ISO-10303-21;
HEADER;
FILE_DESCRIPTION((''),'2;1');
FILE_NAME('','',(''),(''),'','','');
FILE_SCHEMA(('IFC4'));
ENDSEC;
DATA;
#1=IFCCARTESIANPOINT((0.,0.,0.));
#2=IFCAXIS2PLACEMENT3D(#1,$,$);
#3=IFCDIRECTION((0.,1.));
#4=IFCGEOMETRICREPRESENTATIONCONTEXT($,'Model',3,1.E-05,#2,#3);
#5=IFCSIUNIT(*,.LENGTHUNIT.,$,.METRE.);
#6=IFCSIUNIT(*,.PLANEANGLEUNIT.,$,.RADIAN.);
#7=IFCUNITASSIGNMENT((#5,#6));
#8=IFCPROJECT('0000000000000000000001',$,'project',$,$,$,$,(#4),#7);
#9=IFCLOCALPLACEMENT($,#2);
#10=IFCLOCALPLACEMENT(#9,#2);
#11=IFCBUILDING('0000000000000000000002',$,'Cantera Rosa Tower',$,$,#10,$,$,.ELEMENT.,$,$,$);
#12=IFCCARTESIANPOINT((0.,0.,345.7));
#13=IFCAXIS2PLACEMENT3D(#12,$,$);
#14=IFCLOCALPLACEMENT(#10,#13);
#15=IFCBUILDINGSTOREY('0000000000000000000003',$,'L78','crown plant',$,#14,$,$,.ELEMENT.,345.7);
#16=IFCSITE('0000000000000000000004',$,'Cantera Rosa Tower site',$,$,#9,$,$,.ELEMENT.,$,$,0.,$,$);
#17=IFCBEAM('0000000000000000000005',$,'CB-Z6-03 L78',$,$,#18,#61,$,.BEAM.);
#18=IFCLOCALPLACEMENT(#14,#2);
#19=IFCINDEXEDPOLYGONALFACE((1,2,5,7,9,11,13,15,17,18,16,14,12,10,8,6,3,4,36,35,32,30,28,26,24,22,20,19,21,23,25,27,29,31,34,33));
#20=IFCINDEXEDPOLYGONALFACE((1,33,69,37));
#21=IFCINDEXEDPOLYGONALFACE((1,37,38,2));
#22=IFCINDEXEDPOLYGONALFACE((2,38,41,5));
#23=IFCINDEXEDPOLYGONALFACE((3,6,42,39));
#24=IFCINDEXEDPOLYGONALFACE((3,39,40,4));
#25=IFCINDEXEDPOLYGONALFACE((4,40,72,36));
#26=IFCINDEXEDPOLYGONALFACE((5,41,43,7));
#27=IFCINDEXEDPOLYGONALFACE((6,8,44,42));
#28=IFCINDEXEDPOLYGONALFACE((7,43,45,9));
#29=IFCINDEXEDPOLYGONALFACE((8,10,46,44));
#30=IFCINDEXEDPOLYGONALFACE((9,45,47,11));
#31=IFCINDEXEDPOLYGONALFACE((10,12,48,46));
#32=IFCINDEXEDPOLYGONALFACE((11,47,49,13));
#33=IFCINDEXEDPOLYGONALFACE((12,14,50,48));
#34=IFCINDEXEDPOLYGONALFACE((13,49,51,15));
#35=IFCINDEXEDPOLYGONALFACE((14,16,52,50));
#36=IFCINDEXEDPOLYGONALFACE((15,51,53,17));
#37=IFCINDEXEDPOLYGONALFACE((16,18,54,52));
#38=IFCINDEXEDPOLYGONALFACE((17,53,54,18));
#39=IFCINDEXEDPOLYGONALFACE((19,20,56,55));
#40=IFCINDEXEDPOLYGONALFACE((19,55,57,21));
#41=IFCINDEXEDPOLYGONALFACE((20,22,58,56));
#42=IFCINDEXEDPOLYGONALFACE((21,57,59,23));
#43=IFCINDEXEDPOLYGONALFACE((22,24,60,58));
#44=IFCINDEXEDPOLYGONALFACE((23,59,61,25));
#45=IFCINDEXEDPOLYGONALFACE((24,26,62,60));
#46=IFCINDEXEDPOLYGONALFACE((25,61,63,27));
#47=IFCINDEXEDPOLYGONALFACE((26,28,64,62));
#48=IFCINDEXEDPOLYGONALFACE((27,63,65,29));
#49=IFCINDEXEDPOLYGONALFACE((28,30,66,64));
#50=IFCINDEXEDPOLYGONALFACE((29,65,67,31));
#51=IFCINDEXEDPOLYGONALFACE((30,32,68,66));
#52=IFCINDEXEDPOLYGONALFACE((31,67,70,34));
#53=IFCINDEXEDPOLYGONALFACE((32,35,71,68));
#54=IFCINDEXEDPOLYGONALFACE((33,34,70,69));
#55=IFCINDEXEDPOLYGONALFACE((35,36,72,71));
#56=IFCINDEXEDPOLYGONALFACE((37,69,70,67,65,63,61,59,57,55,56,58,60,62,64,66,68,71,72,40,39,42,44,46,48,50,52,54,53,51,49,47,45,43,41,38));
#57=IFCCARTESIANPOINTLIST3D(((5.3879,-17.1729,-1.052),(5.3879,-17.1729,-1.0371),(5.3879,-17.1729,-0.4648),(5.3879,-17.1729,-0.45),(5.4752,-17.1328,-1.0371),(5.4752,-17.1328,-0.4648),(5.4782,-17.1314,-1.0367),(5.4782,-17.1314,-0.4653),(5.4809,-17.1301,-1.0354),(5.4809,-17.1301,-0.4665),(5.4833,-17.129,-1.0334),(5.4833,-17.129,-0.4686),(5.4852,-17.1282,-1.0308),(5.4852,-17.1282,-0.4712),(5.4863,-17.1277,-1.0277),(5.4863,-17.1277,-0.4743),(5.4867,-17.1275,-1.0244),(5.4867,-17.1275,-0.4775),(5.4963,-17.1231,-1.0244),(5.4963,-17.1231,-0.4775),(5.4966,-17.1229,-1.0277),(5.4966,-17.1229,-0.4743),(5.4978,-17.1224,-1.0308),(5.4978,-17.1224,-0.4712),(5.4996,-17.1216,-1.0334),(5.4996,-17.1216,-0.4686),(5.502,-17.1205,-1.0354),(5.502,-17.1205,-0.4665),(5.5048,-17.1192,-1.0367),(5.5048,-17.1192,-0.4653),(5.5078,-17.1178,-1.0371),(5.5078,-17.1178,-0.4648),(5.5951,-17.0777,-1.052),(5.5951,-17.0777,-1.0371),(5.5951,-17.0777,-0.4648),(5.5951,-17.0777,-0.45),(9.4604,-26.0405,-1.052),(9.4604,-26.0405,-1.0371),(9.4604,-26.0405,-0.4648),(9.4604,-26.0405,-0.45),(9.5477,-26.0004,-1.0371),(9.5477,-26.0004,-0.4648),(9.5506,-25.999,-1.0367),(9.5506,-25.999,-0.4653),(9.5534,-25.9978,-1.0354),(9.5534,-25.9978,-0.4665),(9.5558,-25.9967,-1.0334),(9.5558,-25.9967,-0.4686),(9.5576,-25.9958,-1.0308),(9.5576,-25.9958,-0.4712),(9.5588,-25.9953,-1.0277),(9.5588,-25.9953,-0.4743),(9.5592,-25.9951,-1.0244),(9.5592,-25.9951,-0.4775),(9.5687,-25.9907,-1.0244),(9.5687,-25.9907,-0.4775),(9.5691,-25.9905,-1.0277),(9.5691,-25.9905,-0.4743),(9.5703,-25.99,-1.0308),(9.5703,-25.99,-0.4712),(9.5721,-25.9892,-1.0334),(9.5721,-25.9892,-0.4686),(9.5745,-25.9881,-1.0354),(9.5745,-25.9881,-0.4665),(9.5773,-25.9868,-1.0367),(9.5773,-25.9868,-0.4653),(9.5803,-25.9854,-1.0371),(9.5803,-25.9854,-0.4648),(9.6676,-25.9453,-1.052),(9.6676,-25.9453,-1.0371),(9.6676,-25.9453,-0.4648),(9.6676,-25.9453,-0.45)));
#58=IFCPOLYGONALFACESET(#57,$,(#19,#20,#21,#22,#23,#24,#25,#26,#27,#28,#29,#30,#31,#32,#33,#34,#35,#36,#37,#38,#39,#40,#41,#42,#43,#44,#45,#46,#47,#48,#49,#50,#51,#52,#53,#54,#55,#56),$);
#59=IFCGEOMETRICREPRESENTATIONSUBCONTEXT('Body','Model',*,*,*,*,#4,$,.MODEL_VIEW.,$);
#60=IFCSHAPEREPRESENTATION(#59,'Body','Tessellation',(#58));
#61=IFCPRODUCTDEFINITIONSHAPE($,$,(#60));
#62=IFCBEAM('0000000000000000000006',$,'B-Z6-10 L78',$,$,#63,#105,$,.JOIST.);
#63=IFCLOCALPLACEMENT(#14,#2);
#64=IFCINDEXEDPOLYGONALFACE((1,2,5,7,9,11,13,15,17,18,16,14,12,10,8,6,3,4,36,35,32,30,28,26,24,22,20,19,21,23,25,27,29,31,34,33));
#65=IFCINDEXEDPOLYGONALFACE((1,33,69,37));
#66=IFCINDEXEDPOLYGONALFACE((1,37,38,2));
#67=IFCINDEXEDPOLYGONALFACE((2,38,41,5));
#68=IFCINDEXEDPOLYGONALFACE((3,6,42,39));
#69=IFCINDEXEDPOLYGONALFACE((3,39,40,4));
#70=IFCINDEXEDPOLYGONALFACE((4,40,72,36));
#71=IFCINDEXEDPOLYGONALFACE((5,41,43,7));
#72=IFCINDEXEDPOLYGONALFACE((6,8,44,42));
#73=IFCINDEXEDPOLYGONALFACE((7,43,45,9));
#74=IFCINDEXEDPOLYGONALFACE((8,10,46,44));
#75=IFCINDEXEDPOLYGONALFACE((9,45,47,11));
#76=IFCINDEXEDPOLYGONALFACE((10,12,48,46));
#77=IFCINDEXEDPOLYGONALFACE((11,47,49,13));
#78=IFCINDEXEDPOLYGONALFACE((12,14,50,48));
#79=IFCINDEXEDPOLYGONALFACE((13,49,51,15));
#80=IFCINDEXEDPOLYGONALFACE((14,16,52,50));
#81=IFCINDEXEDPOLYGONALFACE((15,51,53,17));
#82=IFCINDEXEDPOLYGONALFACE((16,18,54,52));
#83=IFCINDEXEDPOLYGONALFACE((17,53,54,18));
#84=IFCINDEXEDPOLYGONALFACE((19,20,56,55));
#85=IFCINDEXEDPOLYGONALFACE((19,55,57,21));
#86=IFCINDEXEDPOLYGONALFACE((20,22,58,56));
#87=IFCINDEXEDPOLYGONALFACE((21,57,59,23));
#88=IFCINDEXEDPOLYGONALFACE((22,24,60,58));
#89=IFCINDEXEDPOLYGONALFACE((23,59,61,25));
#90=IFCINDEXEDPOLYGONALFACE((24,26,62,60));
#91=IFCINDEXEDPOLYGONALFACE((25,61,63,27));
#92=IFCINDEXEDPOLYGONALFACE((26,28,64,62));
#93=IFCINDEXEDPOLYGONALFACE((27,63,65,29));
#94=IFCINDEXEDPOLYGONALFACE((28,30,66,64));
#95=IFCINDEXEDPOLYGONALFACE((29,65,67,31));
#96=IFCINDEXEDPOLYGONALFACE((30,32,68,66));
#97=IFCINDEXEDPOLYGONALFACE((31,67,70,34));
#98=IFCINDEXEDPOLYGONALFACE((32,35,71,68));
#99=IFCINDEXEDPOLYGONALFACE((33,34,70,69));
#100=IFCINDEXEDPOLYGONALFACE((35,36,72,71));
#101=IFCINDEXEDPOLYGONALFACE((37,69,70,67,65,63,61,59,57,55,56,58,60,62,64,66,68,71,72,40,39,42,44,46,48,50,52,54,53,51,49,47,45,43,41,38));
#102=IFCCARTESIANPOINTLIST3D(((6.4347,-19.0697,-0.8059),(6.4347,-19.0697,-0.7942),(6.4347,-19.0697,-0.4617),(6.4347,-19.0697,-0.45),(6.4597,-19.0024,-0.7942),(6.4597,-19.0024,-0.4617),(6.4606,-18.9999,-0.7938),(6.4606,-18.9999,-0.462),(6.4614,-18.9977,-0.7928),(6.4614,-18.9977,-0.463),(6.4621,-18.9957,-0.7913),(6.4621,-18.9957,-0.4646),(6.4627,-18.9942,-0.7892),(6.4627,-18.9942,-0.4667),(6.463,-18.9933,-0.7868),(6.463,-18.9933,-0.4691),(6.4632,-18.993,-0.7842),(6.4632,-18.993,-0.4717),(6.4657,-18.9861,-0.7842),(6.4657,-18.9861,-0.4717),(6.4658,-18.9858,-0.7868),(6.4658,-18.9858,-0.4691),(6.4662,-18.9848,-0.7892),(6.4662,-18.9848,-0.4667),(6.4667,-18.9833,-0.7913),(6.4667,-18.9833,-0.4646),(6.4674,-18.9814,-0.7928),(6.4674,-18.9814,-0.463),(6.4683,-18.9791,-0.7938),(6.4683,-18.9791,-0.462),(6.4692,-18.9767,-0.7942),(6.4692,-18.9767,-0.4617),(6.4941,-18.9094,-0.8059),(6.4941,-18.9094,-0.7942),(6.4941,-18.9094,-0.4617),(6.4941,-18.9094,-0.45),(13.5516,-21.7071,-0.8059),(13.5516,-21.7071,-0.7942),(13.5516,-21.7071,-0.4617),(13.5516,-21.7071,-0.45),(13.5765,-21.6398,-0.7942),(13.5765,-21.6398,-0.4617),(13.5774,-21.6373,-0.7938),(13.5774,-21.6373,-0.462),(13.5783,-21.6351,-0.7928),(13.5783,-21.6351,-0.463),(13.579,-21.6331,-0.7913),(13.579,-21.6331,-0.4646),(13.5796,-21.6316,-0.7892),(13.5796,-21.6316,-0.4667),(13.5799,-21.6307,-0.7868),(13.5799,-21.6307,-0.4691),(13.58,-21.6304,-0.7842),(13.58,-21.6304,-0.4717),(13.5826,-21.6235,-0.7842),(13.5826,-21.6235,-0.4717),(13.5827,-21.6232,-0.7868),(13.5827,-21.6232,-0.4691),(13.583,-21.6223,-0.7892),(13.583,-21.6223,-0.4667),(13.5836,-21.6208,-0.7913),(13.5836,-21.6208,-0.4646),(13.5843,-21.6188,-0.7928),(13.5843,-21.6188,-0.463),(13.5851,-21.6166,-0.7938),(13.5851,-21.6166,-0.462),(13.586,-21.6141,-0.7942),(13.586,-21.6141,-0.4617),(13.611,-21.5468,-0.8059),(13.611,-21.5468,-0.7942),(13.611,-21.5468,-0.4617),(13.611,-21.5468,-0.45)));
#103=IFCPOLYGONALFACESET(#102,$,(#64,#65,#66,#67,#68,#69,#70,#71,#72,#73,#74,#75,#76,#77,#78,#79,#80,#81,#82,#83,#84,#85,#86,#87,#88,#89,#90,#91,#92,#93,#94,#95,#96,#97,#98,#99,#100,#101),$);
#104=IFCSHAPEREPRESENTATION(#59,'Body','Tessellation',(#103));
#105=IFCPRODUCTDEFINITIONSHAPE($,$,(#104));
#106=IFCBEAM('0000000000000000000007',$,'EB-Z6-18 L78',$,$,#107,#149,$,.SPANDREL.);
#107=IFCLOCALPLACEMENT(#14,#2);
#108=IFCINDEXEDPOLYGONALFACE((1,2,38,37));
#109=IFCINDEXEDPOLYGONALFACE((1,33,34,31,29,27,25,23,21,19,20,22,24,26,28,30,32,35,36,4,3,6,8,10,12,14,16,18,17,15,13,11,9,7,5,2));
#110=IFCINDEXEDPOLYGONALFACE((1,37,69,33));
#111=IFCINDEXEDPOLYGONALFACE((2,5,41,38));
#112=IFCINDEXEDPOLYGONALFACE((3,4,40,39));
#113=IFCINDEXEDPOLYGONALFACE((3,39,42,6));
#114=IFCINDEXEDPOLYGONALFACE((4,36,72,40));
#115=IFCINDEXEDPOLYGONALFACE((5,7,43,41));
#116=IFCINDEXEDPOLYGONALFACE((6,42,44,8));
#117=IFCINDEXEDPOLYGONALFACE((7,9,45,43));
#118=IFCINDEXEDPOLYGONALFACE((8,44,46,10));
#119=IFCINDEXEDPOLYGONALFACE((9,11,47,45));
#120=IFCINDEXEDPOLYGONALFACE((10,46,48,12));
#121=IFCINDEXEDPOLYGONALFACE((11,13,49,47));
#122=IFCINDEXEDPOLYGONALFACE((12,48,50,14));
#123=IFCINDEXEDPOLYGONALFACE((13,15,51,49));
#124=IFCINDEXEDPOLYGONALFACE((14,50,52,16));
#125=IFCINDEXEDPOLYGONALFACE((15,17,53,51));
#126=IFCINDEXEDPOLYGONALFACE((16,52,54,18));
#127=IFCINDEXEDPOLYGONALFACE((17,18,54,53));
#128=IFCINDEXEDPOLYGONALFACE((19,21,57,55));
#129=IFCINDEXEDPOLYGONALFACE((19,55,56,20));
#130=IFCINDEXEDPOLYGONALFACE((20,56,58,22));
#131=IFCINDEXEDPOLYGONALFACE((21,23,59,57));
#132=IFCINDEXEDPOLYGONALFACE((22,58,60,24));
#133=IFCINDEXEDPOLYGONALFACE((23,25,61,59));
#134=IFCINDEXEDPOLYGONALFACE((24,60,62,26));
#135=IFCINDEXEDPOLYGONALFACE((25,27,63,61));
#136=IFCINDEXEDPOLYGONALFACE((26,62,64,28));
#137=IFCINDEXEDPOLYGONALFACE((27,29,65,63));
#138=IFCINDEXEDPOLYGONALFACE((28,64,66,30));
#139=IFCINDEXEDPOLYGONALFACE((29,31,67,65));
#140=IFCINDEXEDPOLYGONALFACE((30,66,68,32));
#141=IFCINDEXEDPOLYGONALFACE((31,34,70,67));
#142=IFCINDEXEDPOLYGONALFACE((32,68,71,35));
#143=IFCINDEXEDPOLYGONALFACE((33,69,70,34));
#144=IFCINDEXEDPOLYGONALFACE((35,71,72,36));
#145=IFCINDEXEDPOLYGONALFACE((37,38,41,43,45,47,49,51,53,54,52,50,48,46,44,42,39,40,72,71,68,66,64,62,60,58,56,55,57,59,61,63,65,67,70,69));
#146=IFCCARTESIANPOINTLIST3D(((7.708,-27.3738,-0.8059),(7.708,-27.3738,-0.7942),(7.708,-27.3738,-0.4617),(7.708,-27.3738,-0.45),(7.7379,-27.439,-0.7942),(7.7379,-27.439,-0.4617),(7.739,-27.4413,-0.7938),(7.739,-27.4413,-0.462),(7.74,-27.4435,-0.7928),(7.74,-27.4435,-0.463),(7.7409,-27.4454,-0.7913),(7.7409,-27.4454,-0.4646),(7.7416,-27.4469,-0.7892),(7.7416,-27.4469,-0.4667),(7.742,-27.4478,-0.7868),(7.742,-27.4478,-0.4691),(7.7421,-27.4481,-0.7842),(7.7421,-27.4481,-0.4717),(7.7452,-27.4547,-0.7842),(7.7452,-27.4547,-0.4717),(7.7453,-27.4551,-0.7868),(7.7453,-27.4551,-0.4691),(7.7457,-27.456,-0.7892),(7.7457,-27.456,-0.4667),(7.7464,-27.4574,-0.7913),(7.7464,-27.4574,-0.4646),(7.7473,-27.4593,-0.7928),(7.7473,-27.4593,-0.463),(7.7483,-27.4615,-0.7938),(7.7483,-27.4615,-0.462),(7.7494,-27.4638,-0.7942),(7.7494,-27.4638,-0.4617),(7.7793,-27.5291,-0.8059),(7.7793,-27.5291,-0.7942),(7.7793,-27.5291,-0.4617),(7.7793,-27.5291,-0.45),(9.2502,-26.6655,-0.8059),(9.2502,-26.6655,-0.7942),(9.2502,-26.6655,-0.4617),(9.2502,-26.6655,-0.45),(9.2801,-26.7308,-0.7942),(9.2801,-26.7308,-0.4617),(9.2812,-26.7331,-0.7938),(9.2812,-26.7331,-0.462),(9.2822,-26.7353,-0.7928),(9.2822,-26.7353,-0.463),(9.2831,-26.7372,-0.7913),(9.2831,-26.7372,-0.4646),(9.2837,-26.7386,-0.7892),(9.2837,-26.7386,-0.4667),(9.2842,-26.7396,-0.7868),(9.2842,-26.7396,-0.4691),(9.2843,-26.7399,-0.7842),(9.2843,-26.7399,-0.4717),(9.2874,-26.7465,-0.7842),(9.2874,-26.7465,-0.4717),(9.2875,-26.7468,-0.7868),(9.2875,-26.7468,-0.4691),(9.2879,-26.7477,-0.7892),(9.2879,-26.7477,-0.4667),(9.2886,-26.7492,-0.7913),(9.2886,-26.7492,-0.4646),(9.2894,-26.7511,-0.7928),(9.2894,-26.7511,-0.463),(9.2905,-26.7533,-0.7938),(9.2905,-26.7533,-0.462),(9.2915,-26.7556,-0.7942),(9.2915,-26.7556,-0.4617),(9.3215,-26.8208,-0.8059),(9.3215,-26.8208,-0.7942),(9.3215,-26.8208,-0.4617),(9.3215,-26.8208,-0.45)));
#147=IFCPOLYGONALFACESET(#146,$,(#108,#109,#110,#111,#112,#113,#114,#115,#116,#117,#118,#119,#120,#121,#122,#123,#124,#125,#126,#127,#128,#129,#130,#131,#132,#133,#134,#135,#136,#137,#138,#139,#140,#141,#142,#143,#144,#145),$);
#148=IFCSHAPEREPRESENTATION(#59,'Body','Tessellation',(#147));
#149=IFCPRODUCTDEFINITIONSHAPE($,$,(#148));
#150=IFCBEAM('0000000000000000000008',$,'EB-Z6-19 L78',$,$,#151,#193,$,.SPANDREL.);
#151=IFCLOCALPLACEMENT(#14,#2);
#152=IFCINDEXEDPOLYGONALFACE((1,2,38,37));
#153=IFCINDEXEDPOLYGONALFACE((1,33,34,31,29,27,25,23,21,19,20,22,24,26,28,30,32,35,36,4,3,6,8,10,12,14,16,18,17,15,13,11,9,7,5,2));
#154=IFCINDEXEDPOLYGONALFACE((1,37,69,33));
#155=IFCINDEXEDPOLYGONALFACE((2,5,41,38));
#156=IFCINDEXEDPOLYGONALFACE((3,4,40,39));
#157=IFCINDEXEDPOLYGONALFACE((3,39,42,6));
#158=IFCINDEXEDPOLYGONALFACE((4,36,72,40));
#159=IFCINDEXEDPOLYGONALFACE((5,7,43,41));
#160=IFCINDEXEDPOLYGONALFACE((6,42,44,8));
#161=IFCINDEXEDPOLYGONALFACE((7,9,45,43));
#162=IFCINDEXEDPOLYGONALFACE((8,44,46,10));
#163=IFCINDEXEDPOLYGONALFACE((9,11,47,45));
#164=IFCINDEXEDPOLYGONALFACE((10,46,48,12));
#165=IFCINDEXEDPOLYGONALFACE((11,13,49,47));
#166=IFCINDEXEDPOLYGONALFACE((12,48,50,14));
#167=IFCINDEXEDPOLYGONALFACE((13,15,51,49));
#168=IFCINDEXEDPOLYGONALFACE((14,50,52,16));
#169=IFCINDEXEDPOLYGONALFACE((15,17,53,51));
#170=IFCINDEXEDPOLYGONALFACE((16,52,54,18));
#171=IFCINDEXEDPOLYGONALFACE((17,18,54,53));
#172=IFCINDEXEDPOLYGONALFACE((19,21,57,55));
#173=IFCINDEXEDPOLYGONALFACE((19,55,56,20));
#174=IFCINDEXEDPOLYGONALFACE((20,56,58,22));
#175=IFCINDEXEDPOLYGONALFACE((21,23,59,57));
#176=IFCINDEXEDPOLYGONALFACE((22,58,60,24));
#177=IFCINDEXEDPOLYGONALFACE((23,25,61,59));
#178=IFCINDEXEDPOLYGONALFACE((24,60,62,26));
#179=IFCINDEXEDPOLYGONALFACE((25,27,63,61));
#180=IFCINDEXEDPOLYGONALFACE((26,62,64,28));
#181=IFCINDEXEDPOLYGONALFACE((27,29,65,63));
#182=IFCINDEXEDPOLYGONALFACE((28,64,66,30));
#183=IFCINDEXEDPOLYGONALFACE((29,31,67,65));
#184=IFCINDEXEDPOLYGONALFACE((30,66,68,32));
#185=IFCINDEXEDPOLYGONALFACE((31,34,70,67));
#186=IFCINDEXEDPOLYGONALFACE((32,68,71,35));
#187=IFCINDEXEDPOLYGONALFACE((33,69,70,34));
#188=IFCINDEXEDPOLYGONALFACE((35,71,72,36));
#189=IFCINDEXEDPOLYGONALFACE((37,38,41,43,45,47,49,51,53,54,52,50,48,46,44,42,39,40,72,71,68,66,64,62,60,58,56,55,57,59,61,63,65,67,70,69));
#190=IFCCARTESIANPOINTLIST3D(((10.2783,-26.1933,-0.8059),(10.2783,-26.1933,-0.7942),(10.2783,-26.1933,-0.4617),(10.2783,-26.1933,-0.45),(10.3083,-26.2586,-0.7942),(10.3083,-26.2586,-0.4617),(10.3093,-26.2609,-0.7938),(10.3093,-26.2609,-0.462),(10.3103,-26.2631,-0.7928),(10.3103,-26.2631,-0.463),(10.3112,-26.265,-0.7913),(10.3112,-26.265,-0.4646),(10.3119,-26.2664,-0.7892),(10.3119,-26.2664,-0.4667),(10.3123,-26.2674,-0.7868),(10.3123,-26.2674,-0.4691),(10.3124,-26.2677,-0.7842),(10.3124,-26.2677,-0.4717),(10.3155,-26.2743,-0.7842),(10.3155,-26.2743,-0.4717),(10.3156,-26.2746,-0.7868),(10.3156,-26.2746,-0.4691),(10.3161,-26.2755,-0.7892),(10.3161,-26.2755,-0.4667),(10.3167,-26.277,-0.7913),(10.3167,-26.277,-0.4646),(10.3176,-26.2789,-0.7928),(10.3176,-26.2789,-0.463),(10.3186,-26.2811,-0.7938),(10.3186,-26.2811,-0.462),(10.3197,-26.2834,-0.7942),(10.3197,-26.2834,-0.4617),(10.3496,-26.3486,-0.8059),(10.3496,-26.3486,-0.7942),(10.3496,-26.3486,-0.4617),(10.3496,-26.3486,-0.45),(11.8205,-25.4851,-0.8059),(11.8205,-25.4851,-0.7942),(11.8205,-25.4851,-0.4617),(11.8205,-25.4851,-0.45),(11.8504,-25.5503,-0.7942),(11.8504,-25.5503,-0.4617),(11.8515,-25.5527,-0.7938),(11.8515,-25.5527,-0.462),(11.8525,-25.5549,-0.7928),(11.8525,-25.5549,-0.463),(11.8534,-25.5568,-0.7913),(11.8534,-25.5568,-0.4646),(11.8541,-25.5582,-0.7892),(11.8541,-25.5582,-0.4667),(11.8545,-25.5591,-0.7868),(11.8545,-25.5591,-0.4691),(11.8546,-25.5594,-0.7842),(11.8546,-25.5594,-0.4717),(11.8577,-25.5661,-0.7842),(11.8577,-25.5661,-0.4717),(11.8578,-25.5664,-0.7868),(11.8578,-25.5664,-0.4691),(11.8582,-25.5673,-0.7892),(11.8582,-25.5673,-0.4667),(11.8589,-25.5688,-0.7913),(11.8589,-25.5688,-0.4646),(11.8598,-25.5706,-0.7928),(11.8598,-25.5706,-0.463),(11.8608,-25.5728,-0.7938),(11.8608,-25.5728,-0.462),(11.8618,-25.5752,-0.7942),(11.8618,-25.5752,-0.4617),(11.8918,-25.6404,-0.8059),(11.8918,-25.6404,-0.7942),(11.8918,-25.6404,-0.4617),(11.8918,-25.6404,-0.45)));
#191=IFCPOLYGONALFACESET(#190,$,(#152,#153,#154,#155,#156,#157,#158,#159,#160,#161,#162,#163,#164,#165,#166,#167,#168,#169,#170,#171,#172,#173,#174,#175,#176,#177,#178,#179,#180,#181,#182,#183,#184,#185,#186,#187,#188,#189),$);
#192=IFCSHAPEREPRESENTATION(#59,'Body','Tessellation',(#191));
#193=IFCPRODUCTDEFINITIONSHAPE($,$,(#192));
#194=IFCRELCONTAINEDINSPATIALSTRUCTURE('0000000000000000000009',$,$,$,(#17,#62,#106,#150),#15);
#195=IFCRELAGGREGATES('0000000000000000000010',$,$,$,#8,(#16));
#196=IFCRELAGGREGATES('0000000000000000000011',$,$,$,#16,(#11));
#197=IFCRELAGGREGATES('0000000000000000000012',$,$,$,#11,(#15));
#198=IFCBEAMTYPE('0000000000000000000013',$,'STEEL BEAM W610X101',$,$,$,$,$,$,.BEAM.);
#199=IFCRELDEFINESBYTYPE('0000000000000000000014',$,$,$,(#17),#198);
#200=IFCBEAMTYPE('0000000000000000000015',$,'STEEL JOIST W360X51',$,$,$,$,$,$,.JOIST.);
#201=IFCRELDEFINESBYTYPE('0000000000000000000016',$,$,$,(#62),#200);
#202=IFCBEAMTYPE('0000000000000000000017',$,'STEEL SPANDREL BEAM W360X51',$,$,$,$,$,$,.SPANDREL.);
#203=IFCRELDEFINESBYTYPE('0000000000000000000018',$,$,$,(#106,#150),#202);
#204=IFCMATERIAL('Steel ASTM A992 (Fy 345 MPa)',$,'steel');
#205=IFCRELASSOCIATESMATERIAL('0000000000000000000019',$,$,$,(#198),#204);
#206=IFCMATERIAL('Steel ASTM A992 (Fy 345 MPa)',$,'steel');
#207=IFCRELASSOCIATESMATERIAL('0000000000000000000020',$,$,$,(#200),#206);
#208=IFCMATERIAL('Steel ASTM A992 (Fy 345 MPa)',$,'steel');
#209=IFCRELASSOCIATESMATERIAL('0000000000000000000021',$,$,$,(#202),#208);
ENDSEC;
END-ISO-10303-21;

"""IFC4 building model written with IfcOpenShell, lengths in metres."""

from ifc_helpers import new_model, si_unit, direction, frame, origin, origin_2d, place, context, subcontext, project, spatial, i_section, extrude, material, material_profile, profile_set, type_object, element, save


model = new_model("IFC4")

# Units and contexts
model_context = context("Model", 3, precision=1e-05, world=origin(), true_north=direction((0.0, 1.0)))
body_context = subcontext(model_context, "Body", "Model", "MODEL_VIEW")
ifc_project = project(units=[si_unit("LENGTHUNIT", "METRE"), si_unit("PLANEANGLEUNIT", "RADIAN")], contexts=[model_context])

# Site, building, storey
site_placement = place(None, origin())
site = spatial("IfcSite", under=ifc_project, at=site_placement, Name="Cantera Rosa Tower site", CompositionType="ELEMENT", RefElevation=0.0)
building_placement = place(site_placement, origin())
building = spatial("IfcBuilding", under=site, at=building_placement, Name="Cantera Rosa Tower", CompositionType="ELEMENT")
storey_placement = place(building_placement, frame((0.0, 0.0, 345.7)))
storey = spatial("IfcBuildingStorey", under=building, at=storey_placement, Name="L78", Description="crown plant", CompositionType="ELEMENT", Elevation=345.7)

# Beams
ifc_material_1 = material(Name="Steel ASTM A992 (Fy 345 MPa)", Category="steel")
ifc_material_profile_1 = material_profile(ifc_material_1, i_section(OverallWidth=0.228, OverallDepth=0.6021, WebThickness=0.0105, FlangeThickness=0.0149, FilletRadius=0.0127, at=origin_2d()), Name="W610X101")
ifc_profile_set_1 = profile_set([ifc_material_profile_1], Name="Steel ASTM A992 (Fy 345 MPa)")
beam_type_1 = type_object("IfcBeamType", Name="STEEL BEAM W610X101", PredefinedType="BEAM", material=ifc_profile_set_1)
beam_1_placement = place(storey_placement, frame((9.564, -25.9929, -0.751), z_axis=(-0.417346, 0.908748, 0.0), x_axis=(-0.908748, -0.417346, 0.0)))
element("IfcBeam", 1, at=beam_1_placement, inside=storey, type_object=beam_type_1, Name="CB-Z6-03 L78", PredefinedType="BEAM", context=body_context, shape_type="SweptSolid", body=[
    extrude(i_section(OverallWidth=0.228, OverallDepth=0.6021, WebThickness=0.0105, FlangeThickness=0.0149, FilletRadius=0.0127, at=origin_2d()), origin(), (0.0, 0.0, 1.0), 9.7581),
])
ifc_material_2 = material(Name="Steel ASTM A992 (Fy 345 MPa)", Category="steel")
ifc_material_profile_2 = material_profile(ifc_material_2, i_section(OverallWidth=0.1709, OverallDepth=0.356, WebThickness=0.0073, FlangeThickness=0.0117, FilletRadius=0.01, at=origin_2d()), Name="W360X51")
ifc_profile_set_2 = profile_set([ifc_material_profile_2], Name="Steel ASTM A992 (Fy 345 MPa)")
beam_type_2 = type_object("IfcBeamType", Name="STEEL JOIST W360X51", PredefinedType="JOIST", material=ifc_profile_set_2)
beam_2_placement = place(storey_placement, frame((13.5813, -21.627, -0.6279), z_axis=(-0.937682, 0.347493, 0.0), x_axis=(-0.347493, -0.937682, 0.0)))
element("IfcBeam", 2, at=beam_2_placement, inside=storey, type_object=beam_type_2, Name="B-Z6-10 L78", PredefinedType="JOIST", context=body_context, shape_type="SweptSolid", body=[
    extrude(i_section(OverallWidth=0.1709, OverallDepth=0.356, WebThickness=0.0073, FlangeThickness=0.0117, FilletRadius=0.01, at=origin_2d()), origin(), (0.0, 0.0, 1.0), 7.5898),
])
ifc_material_3 = material(Name="Steel ASTM A992 (Fy 345 MPa)", Category="steel")
ifc_material_profile_3 = material_profile(ifc_material_3, i_section(OverallWidth=0.1709, OverallDepth=0.356, WebThickness=0.0073, FlangeThickness=0.0117, FilletRadius=0.01, at=origin_2d()), Name="W360X51")
ifc_profile_set_3 = profile_set([ifc_material_profile_3], Name="Steel ASTM A992 (Fy 345 MPa)")
beam_type_3 = type_object("IfcBeamType", Name="STEEL SPANDREL BEAM W360X51", PredefinedType="SPANDREL", material=ifc_profile_set_3)
for number, where, z_axis, x_axis, name in (
    (3, (7.7437, -27.4514, -0.6279), (0.908754, 0.417333, 0.0), (-0.417333, 0.908754, 0.0), "EB-Z6-18 L78"),
    (4, (10.314, -26.271, -0.6279), (0.908754, 0.417333, 0.0), (-0.417333, 0.908754, 0.0), "EB-Z6-19 L78"),
):
    element("IfcBeam", number, at=place(storey_placement, frame(where, z_axis=z_axis, x_axis=x_axis)), inside=storey, type_object=beam_type_3, Name=name, PredefinedType="SPANDREL", context=body_context, shape_type="SweptSolid", body=[
        extrude(i_section(OverallWidth=0.1709, OverallDepth=0.356, WebThickness=0.0073, FlangeThickness=0.0117, FilletRadius=0.01, at=origin_2d()), origin(), (0.0, 0.0, 1.0), 1.697),
    ])

save(model, "model.ifc")
